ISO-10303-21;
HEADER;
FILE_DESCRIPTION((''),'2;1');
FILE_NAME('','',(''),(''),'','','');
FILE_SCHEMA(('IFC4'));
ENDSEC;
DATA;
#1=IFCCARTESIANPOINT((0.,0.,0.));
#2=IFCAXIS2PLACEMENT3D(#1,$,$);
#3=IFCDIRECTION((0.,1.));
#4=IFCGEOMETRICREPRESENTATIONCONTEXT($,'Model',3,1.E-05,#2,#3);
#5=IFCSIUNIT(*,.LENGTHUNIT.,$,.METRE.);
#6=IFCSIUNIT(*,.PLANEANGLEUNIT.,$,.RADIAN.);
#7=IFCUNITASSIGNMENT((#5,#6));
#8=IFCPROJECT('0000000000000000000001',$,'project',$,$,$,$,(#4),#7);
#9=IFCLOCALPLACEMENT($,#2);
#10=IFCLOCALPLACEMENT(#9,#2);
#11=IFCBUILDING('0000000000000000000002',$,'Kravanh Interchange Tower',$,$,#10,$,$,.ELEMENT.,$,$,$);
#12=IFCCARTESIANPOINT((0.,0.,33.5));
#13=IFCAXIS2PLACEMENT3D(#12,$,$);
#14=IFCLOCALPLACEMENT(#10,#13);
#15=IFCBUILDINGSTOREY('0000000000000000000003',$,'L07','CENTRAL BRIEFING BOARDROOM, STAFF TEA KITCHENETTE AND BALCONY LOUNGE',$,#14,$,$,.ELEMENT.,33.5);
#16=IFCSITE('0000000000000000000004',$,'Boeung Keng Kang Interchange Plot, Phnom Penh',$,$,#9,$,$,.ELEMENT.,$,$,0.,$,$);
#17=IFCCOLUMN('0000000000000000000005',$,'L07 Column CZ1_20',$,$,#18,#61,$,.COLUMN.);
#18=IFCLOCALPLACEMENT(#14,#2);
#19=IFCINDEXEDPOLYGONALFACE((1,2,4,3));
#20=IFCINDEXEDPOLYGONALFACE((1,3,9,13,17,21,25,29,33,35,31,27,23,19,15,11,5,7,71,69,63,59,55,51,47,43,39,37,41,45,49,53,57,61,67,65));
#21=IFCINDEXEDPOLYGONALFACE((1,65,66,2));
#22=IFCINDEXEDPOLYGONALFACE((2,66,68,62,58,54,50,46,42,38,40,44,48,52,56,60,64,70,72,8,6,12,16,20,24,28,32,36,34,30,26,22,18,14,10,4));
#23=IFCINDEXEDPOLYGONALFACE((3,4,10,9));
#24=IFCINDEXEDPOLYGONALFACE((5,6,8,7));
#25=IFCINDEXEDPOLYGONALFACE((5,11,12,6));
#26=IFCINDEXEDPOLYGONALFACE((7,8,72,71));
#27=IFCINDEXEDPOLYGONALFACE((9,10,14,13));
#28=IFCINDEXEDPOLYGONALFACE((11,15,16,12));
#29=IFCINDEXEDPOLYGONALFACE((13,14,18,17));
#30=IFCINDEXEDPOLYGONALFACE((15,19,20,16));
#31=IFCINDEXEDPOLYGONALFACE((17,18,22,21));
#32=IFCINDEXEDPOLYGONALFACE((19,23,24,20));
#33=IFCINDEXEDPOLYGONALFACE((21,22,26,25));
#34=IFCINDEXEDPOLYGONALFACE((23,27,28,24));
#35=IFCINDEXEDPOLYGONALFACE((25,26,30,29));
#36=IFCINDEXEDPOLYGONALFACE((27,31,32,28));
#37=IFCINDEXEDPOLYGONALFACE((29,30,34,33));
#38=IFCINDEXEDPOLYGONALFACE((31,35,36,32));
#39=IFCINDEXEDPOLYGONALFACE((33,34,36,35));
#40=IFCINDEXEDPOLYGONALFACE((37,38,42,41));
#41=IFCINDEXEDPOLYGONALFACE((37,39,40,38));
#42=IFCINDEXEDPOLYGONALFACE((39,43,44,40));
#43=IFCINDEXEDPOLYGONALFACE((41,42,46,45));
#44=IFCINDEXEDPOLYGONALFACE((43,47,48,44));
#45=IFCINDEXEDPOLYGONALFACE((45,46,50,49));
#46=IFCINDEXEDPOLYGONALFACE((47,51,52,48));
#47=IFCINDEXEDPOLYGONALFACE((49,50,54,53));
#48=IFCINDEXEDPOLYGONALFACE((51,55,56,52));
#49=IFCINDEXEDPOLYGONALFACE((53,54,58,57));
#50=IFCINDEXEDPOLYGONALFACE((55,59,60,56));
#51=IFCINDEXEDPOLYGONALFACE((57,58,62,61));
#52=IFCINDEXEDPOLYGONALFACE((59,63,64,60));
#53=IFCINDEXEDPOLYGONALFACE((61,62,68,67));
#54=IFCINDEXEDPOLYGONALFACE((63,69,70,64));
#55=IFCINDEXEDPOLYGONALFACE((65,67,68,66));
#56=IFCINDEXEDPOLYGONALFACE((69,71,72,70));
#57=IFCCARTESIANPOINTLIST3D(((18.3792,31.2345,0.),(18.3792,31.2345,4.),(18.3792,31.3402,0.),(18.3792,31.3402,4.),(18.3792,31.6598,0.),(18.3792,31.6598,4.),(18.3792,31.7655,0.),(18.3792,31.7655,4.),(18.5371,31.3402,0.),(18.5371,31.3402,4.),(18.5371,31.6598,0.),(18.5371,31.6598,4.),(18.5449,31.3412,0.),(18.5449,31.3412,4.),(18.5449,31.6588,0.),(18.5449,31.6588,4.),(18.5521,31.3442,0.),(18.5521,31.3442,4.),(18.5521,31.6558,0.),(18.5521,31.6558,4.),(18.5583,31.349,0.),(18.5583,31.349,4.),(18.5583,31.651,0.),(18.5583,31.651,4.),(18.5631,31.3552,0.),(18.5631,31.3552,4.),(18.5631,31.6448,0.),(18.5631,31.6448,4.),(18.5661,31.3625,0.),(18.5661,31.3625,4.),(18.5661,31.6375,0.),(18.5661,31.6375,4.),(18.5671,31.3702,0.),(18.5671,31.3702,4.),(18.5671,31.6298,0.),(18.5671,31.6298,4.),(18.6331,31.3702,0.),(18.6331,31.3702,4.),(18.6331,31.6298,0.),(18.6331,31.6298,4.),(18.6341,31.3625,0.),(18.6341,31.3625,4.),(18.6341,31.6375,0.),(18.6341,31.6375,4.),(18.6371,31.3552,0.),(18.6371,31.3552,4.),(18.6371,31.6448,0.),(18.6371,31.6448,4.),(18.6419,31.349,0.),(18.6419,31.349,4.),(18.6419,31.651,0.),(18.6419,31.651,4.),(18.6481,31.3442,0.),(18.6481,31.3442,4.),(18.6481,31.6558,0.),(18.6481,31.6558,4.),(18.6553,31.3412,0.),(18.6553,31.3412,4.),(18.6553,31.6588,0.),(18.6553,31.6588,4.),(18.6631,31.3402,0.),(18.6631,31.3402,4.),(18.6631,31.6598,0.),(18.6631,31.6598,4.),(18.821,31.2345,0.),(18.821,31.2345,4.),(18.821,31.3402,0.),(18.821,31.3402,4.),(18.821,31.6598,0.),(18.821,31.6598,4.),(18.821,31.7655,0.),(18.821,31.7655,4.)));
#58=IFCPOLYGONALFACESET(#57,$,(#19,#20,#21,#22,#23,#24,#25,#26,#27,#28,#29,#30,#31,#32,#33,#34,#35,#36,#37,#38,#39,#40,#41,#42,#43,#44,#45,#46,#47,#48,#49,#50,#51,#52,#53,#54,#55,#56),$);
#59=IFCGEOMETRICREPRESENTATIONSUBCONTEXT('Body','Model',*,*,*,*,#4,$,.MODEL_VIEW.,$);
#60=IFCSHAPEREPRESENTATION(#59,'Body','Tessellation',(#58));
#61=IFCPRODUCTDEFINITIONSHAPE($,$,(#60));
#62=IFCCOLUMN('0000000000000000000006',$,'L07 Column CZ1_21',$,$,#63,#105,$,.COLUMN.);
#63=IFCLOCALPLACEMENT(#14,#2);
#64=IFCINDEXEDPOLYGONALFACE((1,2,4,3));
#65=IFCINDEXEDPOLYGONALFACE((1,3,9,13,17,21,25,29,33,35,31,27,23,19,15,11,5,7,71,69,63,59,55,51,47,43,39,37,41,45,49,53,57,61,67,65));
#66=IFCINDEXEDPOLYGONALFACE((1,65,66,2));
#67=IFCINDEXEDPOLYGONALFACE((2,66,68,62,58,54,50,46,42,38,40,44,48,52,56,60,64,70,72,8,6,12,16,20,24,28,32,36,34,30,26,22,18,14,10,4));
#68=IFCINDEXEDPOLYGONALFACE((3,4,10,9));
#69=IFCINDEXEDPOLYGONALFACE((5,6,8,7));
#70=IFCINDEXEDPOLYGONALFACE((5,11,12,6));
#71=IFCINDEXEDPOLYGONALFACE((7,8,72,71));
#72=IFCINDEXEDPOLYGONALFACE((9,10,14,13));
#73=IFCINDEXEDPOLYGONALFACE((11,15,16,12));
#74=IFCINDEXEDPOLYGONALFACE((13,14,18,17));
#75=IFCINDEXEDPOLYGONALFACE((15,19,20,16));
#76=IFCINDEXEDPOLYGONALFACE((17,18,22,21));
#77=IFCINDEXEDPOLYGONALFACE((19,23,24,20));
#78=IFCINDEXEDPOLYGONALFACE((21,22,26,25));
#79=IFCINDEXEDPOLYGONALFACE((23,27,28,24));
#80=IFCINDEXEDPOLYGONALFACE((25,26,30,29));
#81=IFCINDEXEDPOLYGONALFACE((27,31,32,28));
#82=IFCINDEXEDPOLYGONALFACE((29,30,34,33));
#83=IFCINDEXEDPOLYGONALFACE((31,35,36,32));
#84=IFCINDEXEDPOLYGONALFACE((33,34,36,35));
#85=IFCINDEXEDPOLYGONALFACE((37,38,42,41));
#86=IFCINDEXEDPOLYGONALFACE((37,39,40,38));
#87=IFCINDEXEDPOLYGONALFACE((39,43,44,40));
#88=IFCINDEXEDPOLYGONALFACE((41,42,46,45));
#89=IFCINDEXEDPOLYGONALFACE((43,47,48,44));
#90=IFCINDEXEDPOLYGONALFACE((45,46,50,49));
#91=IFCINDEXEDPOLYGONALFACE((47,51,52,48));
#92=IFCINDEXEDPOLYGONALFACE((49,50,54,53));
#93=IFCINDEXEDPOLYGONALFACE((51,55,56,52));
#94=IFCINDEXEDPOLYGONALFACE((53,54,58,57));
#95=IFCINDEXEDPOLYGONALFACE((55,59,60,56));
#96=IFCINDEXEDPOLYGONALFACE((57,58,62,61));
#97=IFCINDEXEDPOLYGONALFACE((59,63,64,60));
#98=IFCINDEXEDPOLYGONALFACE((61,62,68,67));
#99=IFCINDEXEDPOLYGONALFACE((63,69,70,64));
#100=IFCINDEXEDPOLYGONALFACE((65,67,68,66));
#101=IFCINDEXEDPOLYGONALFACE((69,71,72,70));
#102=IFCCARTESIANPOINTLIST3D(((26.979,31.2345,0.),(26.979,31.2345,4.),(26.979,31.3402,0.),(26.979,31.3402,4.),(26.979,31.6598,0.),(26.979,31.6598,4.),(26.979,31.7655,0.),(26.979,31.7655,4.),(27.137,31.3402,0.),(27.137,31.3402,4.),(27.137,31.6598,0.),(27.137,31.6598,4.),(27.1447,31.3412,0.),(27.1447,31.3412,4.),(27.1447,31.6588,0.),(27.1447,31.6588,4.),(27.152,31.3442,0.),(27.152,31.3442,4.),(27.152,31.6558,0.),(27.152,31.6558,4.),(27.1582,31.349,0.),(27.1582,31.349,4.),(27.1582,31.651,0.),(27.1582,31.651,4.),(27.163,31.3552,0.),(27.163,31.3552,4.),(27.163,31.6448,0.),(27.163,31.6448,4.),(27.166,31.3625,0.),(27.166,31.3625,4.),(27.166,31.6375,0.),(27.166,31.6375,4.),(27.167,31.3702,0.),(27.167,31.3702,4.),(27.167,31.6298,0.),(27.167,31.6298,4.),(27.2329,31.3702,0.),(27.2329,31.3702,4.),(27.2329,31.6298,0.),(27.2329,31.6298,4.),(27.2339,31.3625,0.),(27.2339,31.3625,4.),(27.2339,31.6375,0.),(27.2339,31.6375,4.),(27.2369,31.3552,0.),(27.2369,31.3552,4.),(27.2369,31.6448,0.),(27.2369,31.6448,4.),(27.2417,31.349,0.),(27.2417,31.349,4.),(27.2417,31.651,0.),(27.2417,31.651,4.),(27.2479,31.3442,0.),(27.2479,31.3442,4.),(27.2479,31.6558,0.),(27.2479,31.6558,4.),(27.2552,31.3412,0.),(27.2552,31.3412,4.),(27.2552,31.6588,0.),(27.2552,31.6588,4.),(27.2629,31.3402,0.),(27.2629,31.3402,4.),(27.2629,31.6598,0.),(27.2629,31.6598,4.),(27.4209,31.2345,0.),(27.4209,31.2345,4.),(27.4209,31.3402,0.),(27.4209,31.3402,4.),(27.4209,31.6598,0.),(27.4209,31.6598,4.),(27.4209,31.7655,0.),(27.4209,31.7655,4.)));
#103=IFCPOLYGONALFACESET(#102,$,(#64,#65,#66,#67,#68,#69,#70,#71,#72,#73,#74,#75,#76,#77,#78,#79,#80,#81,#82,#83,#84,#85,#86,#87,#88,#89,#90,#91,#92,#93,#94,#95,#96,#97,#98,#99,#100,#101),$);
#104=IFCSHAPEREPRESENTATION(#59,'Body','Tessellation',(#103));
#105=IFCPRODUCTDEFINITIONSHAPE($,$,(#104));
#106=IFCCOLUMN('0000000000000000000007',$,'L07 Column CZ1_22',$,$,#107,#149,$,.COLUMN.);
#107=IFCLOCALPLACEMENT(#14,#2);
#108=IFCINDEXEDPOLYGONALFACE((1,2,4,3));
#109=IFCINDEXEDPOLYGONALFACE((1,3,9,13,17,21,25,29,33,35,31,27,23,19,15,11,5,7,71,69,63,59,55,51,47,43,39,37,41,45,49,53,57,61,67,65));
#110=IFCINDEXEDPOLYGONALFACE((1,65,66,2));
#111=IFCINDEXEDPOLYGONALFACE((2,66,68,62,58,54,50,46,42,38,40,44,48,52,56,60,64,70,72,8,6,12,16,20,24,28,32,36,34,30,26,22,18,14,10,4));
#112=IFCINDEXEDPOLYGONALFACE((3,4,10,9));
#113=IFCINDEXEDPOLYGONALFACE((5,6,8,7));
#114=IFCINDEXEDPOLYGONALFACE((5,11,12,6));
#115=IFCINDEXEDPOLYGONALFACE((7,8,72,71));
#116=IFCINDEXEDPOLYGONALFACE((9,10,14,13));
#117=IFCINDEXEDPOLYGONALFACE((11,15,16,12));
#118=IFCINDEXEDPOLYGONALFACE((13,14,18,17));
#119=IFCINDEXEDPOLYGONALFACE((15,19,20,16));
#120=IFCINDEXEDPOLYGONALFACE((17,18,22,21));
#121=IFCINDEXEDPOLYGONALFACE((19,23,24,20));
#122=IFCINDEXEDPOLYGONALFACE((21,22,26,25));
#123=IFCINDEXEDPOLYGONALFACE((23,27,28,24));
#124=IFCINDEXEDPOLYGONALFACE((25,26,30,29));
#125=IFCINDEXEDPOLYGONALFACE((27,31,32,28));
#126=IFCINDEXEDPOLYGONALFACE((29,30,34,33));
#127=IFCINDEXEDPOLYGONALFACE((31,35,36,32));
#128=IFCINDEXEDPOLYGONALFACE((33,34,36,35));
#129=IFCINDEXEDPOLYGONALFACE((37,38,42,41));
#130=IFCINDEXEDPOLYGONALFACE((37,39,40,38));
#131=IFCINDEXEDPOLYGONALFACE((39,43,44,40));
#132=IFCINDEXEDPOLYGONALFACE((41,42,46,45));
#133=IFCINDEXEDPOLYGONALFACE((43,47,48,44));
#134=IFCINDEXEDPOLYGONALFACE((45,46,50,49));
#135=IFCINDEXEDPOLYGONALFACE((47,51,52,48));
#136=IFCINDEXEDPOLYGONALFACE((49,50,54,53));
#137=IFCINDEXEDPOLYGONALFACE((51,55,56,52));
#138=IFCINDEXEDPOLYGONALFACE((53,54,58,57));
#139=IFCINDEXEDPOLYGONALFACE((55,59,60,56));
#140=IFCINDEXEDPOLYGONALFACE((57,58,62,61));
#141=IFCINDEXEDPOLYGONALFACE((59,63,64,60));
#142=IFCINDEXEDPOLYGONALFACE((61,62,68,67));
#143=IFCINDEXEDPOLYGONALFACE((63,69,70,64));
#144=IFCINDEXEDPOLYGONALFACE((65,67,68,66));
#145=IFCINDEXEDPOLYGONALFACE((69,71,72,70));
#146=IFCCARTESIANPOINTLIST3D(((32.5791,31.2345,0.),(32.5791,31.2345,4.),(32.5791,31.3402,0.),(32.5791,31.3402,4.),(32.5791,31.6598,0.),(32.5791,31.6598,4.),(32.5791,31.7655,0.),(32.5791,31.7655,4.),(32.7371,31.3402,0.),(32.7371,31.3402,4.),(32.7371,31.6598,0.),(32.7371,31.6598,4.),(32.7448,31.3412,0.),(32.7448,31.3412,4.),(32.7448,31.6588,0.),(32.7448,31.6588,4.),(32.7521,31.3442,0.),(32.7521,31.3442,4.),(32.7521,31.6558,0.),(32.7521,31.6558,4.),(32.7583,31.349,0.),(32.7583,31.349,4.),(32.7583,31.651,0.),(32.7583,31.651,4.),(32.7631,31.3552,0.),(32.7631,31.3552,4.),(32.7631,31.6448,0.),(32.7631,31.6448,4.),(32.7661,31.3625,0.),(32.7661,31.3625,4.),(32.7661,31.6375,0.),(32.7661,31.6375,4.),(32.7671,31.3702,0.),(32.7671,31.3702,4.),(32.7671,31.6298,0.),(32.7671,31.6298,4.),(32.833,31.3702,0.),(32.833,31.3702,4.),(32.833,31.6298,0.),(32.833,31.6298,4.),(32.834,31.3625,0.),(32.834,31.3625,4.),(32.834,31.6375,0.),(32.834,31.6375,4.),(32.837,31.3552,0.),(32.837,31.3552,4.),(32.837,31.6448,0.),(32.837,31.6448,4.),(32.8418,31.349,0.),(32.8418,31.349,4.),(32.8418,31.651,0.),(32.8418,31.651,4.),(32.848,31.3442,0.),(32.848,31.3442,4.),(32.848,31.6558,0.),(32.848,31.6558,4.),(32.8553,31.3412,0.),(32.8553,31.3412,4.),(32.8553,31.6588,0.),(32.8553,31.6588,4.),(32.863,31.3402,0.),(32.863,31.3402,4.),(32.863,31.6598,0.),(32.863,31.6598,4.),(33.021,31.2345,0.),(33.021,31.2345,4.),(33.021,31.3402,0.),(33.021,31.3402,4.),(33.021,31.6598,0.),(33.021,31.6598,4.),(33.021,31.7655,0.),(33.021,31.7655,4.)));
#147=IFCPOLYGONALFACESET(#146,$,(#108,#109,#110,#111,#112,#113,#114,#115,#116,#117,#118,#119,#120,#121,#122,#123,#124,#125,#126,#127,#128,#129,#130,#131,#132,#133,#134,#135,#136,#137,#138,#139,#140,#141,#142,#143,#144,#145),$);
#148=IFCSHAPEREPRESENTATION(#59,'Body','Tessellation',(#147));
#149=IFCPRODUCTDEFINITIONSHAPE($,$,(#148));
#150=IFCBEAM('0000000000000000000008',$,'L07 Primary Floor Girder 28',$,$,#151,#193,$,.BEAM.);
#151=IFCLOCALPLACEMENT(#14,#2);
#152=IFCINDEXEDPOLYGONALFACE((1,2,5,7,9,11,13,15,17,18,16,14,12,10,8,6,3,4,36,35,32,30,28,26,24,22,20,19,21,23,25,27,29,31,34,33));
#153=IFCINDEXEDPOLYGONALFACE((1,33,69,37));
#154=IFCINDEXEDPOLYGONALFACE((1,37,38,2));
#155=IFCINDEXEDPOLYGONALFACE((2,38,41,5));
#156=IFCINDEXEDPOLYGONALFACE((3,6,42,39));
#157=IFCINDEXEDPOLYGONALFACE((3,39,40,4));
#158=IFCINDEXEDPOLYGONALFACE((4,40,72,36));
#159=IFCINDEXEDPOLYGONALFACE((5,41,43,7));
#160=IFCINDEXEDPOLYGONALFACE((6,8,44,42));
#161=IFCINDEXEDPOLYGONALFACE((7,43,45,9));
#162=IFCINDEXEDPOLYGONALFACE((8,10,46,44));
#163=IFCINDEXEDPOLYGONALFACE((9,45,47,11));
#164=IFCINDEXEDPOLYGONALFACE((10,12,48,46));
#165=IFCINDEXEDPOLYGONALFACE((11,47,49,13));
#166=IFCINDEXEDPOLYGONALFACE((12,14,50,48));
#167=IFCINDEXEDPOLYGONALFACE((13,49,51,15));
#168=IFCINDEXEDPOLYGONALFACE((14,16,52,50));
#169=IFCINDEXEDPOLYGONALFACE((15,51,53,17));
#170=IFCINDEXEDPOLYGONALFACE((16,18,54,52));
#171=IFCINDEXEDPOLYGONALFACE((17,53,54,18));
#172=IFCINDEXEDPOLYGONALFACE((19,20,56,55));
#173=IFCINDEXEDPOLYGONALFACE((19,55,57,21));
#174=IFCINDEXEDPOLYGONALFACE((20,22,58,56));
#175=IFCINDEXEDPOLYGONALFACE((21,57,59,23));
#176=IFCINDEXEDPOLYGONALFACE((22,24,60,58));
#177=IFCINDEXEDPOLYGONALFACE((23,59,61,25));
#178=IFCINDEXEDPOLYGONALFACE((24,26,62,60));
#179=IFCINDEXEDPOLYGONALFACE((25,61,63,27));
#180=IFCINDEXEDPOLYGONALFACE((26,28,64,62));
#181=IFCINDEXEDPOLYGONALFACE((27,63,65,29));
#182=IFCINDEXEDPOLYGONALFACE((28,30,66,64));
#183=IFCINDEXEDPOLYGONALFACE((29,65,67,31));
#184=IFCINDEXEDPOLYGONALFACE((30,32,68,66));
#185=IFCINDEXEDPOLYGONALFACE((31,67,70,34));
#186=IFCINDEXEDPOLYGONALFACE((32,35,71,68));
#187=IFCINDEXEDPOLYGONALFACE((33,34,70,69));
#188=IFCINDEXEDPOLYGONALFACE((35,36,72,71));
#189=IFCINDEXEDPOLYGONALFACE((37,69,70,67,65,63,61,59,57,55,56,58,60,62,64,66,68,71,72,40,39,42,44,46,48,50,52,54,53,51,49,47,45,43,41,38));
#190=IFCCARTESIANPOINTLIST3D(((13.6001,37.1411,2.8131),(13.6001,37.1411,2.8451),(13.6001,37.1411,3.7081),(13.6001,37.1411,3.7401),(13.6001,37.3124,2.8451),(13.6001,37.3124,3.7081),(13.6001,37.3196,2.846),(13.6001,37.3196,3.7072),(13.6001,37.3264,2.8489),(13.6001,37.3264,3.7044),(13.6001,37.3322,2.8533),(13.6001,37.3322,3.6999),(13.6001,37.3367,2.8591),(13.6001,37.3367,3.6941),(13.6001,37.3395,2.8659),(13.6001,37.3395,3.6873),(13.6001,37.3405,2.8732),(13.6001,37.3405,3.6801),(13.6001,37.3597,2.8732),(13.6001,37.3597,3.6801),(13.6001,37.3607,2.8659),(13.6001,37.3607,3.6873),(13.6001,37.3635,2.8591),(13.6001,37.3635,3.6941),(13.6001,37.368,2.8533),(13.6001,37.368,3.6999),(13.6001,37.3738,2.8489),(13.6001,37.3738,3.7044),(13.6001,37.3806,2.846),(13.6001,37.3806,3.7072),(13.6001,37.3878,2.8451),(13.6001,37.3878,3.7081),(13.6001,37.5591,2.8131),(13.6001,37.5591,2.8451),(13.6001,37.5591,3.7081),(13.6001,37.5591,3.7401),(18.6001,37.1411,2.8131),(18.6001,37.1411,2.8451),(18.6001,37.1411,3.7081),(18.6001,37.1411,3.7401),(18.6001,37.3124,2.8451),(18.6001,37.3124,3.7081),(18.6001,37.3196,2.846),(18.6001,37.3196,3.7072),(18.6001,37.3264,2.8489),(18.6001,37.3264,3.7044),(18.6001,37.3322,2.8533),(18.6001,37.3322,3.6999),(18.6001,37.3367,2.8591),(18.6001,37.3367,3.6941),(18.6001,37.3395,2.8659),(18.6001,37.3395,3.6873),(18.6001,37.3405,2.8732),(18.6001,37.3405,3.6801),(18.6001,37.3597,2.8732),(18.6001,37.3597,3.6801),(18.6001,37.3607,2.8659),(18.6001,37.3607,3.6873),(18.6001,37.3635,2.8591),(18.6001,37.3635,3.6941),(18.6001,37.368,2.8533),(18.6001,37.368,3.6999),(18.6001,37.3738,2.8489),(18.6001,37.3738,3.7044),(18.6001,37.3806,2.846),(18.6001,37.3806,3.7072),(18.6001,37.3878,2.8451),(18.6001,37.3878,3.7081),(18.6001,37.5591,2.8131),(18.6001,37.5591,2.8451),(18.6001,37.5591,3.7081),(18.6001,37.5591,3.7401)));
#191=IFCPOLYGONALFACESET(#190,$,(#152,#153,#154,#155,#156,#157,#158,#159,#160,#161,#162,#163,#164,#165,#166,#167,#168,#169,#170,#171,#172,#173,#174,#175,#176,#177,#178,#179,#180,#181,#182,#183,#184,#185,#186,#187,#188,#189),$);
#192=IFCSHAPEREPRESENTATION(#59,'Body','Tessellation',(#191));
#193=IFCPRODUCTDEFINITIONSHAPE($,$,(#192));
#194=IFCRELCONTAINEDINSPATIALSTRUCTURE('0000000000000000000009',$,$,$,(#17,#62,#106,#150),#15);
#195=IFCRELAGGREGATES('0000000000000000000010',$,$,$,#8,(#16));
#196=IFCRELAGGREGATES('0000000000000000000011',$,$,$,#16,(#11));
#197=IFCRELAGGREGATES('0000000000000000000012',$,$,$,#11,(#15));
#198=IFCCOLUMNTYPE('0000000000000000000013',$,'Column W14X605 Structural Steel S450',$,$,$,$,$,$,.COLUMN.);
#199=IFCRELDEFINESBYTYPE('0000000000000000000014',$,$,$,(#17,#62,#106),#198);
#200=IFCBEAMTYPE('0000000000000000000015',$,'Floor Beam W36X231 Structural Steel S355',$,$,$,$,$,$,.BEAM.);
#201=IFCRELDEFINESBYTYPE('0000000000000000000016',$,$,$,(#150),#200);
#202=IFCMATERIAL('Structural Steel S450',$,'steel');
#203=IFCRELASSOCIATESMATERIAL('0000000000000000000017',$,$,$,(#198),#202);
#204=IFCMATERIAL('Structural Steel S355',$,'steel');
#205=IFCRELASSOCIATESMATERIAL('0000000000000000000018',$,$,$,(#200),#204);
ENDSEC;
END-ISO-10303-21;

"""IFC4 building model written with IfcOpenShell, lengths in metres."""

from ifc_helpers import new_model, si_unit, direction, frame, origin, origin_2d, place, context, subcontext, project, spatial, i_section, extrude, material, material_profile, profile_set, type_object, element, save


model = new_model("IFC4")

# Units and contexts
model_context = context("Model", 3, precision=1e-05, world=origin(), true_north=direction((0.0, 1.0)))
body_context = subcontext(model_context, "Body", "Model", "MODEL_VIEW")
ifc_project = project(units=[si_unit("LENGTHUNIT", "METRE"), si_unit("PLANEANGLEUNIT", "RADIAN")], contexts=[model_context])

# Site, building, storey
site_placement = place(None, origin())
site = spatial("IfcSite", under=ifc_project, at=site_placement, Name="Boeung Keng Kang Interchange Plot, Phnom Penh", CompositionType="ELEMENT", RefElevation=0.0)
building_placement = place(site_placement, origin())
building = spatial("IfcBuilding", under=site, at=building_placement, Name="Kravanh Interchange Tower", CompositionType="ELEMENT")
storey_placement = place(building_placement, frame((0.0, 0.0, 33.5)))
storey = spatial("IfcBuildingStorey", under=building, at=storey_placement, Name="L07", Description="CENTRAL BRIEFING BOARDROOM, STAFF TEA KITCHENETTE AND BALCONY LOUNGE", CompositionType="ELEMENT", Elevation=33.5)

# Columns
ifc_material_1 = material(Name="Structural Steel S450", Category="steel")
ifc_material_profile_1 = material_profile(ifc_material_1, i_section(OverallWidth=0.4419, OverallDepth=0.531, WebThickness=0.0659, FlangeThickness=0.1057, FilletRadius=0.03, at=origin_2d()), Name="W14X605")
ifc_profile_set_1 = profile_set([ifc_material_profile_1], Name="Structural Steel S450")
column_type_1 = type_object("IfcColumnType", Name="Column W14X605 Structural Steel S450", PredefinedType="COLUMN", material=ifc_profile_set_1)
for number, where, z_axis, x_axis, name in (
    (1, (18.6001, 31.5, 0.0), (0.0, 0.0, 1.0), (1.0, 0.0, 0.0), "L07 Column CZ1_20"),
    (2, (27.2, 31.5, 0.0), (0.0, 0.0, 1.0), (1.0, 0.0, 0.0), "L07 Column CZ1_21"),
    (3, (32.8, 31.5, 0.0), (0.0, 0.0, 1.0), (1.0, 0.0, 0.0), "L07 Column CZ1_22"),
):
    element("IfcColumn", number, at=place(storey_placement, frame(where, z_axis=z_axis, x_axis=x_axis)), inside=storey, type_object=column_type_1, Name=name, PredefinedType="COLUMN", context=body_context, shape_type="SweptSolid", body=[
        extrude(i_section(OverallWidth=0.4419, OverallDepth=0.531, WebThickness=0.0659, FlangeThickness=0.1057, FilletRadius=0.03, at=origin_2d()), origin(), (0.0, 0.0, 1.0), 4.0),
    ])

# Beam
ifc_material_2 = material(Name="Structural Steel S355", Category="steel")
ifc_material_profile_2 = material_profile(ifc_material_2, i_section(OverallWidth=0.418, OverallDepth=0.927, WebThickness=0.0193, FlangeThickness=0.032, FilletRadius=0.0281, at=origin_2d()), Name="W36X231")
ifc_profile_set_2 = profile_set([ifc_material_profile_2], Name="Structural Steel S355")
beam_type_1 = type_object("IfcBeamType", Name="Floor Beam W36X231 Structural Steel S355", PredefinedType="BEAM", material=ifc_profile_set_2)
beam_1_placement = place(storey_placement, frame((18.6001, 37.3501, 3.2766), z_axis=(-1.0, 0.0, 0.0), x_axis=(0.0, -1.0, 0.0)))
element("IfcBeam", 4, at=beam_1_placement, inside=storey, type_object=beam_type_1, Name="L07 Primary Floor Girder 28", PredefinedType="BEAM", context=body_context, shape_type="SweptSolid", body=[
    extrude(i_section(OverallWidth=0.418, OverallDepth=0.927, WebThickness=0.0193, FlangeThickness=0.032, FilletRadius=0.0281, at=origin_2d()), origin(), (0.0, 0.0, 1.0), 5.0),
])

save(model, "model.ifc")
